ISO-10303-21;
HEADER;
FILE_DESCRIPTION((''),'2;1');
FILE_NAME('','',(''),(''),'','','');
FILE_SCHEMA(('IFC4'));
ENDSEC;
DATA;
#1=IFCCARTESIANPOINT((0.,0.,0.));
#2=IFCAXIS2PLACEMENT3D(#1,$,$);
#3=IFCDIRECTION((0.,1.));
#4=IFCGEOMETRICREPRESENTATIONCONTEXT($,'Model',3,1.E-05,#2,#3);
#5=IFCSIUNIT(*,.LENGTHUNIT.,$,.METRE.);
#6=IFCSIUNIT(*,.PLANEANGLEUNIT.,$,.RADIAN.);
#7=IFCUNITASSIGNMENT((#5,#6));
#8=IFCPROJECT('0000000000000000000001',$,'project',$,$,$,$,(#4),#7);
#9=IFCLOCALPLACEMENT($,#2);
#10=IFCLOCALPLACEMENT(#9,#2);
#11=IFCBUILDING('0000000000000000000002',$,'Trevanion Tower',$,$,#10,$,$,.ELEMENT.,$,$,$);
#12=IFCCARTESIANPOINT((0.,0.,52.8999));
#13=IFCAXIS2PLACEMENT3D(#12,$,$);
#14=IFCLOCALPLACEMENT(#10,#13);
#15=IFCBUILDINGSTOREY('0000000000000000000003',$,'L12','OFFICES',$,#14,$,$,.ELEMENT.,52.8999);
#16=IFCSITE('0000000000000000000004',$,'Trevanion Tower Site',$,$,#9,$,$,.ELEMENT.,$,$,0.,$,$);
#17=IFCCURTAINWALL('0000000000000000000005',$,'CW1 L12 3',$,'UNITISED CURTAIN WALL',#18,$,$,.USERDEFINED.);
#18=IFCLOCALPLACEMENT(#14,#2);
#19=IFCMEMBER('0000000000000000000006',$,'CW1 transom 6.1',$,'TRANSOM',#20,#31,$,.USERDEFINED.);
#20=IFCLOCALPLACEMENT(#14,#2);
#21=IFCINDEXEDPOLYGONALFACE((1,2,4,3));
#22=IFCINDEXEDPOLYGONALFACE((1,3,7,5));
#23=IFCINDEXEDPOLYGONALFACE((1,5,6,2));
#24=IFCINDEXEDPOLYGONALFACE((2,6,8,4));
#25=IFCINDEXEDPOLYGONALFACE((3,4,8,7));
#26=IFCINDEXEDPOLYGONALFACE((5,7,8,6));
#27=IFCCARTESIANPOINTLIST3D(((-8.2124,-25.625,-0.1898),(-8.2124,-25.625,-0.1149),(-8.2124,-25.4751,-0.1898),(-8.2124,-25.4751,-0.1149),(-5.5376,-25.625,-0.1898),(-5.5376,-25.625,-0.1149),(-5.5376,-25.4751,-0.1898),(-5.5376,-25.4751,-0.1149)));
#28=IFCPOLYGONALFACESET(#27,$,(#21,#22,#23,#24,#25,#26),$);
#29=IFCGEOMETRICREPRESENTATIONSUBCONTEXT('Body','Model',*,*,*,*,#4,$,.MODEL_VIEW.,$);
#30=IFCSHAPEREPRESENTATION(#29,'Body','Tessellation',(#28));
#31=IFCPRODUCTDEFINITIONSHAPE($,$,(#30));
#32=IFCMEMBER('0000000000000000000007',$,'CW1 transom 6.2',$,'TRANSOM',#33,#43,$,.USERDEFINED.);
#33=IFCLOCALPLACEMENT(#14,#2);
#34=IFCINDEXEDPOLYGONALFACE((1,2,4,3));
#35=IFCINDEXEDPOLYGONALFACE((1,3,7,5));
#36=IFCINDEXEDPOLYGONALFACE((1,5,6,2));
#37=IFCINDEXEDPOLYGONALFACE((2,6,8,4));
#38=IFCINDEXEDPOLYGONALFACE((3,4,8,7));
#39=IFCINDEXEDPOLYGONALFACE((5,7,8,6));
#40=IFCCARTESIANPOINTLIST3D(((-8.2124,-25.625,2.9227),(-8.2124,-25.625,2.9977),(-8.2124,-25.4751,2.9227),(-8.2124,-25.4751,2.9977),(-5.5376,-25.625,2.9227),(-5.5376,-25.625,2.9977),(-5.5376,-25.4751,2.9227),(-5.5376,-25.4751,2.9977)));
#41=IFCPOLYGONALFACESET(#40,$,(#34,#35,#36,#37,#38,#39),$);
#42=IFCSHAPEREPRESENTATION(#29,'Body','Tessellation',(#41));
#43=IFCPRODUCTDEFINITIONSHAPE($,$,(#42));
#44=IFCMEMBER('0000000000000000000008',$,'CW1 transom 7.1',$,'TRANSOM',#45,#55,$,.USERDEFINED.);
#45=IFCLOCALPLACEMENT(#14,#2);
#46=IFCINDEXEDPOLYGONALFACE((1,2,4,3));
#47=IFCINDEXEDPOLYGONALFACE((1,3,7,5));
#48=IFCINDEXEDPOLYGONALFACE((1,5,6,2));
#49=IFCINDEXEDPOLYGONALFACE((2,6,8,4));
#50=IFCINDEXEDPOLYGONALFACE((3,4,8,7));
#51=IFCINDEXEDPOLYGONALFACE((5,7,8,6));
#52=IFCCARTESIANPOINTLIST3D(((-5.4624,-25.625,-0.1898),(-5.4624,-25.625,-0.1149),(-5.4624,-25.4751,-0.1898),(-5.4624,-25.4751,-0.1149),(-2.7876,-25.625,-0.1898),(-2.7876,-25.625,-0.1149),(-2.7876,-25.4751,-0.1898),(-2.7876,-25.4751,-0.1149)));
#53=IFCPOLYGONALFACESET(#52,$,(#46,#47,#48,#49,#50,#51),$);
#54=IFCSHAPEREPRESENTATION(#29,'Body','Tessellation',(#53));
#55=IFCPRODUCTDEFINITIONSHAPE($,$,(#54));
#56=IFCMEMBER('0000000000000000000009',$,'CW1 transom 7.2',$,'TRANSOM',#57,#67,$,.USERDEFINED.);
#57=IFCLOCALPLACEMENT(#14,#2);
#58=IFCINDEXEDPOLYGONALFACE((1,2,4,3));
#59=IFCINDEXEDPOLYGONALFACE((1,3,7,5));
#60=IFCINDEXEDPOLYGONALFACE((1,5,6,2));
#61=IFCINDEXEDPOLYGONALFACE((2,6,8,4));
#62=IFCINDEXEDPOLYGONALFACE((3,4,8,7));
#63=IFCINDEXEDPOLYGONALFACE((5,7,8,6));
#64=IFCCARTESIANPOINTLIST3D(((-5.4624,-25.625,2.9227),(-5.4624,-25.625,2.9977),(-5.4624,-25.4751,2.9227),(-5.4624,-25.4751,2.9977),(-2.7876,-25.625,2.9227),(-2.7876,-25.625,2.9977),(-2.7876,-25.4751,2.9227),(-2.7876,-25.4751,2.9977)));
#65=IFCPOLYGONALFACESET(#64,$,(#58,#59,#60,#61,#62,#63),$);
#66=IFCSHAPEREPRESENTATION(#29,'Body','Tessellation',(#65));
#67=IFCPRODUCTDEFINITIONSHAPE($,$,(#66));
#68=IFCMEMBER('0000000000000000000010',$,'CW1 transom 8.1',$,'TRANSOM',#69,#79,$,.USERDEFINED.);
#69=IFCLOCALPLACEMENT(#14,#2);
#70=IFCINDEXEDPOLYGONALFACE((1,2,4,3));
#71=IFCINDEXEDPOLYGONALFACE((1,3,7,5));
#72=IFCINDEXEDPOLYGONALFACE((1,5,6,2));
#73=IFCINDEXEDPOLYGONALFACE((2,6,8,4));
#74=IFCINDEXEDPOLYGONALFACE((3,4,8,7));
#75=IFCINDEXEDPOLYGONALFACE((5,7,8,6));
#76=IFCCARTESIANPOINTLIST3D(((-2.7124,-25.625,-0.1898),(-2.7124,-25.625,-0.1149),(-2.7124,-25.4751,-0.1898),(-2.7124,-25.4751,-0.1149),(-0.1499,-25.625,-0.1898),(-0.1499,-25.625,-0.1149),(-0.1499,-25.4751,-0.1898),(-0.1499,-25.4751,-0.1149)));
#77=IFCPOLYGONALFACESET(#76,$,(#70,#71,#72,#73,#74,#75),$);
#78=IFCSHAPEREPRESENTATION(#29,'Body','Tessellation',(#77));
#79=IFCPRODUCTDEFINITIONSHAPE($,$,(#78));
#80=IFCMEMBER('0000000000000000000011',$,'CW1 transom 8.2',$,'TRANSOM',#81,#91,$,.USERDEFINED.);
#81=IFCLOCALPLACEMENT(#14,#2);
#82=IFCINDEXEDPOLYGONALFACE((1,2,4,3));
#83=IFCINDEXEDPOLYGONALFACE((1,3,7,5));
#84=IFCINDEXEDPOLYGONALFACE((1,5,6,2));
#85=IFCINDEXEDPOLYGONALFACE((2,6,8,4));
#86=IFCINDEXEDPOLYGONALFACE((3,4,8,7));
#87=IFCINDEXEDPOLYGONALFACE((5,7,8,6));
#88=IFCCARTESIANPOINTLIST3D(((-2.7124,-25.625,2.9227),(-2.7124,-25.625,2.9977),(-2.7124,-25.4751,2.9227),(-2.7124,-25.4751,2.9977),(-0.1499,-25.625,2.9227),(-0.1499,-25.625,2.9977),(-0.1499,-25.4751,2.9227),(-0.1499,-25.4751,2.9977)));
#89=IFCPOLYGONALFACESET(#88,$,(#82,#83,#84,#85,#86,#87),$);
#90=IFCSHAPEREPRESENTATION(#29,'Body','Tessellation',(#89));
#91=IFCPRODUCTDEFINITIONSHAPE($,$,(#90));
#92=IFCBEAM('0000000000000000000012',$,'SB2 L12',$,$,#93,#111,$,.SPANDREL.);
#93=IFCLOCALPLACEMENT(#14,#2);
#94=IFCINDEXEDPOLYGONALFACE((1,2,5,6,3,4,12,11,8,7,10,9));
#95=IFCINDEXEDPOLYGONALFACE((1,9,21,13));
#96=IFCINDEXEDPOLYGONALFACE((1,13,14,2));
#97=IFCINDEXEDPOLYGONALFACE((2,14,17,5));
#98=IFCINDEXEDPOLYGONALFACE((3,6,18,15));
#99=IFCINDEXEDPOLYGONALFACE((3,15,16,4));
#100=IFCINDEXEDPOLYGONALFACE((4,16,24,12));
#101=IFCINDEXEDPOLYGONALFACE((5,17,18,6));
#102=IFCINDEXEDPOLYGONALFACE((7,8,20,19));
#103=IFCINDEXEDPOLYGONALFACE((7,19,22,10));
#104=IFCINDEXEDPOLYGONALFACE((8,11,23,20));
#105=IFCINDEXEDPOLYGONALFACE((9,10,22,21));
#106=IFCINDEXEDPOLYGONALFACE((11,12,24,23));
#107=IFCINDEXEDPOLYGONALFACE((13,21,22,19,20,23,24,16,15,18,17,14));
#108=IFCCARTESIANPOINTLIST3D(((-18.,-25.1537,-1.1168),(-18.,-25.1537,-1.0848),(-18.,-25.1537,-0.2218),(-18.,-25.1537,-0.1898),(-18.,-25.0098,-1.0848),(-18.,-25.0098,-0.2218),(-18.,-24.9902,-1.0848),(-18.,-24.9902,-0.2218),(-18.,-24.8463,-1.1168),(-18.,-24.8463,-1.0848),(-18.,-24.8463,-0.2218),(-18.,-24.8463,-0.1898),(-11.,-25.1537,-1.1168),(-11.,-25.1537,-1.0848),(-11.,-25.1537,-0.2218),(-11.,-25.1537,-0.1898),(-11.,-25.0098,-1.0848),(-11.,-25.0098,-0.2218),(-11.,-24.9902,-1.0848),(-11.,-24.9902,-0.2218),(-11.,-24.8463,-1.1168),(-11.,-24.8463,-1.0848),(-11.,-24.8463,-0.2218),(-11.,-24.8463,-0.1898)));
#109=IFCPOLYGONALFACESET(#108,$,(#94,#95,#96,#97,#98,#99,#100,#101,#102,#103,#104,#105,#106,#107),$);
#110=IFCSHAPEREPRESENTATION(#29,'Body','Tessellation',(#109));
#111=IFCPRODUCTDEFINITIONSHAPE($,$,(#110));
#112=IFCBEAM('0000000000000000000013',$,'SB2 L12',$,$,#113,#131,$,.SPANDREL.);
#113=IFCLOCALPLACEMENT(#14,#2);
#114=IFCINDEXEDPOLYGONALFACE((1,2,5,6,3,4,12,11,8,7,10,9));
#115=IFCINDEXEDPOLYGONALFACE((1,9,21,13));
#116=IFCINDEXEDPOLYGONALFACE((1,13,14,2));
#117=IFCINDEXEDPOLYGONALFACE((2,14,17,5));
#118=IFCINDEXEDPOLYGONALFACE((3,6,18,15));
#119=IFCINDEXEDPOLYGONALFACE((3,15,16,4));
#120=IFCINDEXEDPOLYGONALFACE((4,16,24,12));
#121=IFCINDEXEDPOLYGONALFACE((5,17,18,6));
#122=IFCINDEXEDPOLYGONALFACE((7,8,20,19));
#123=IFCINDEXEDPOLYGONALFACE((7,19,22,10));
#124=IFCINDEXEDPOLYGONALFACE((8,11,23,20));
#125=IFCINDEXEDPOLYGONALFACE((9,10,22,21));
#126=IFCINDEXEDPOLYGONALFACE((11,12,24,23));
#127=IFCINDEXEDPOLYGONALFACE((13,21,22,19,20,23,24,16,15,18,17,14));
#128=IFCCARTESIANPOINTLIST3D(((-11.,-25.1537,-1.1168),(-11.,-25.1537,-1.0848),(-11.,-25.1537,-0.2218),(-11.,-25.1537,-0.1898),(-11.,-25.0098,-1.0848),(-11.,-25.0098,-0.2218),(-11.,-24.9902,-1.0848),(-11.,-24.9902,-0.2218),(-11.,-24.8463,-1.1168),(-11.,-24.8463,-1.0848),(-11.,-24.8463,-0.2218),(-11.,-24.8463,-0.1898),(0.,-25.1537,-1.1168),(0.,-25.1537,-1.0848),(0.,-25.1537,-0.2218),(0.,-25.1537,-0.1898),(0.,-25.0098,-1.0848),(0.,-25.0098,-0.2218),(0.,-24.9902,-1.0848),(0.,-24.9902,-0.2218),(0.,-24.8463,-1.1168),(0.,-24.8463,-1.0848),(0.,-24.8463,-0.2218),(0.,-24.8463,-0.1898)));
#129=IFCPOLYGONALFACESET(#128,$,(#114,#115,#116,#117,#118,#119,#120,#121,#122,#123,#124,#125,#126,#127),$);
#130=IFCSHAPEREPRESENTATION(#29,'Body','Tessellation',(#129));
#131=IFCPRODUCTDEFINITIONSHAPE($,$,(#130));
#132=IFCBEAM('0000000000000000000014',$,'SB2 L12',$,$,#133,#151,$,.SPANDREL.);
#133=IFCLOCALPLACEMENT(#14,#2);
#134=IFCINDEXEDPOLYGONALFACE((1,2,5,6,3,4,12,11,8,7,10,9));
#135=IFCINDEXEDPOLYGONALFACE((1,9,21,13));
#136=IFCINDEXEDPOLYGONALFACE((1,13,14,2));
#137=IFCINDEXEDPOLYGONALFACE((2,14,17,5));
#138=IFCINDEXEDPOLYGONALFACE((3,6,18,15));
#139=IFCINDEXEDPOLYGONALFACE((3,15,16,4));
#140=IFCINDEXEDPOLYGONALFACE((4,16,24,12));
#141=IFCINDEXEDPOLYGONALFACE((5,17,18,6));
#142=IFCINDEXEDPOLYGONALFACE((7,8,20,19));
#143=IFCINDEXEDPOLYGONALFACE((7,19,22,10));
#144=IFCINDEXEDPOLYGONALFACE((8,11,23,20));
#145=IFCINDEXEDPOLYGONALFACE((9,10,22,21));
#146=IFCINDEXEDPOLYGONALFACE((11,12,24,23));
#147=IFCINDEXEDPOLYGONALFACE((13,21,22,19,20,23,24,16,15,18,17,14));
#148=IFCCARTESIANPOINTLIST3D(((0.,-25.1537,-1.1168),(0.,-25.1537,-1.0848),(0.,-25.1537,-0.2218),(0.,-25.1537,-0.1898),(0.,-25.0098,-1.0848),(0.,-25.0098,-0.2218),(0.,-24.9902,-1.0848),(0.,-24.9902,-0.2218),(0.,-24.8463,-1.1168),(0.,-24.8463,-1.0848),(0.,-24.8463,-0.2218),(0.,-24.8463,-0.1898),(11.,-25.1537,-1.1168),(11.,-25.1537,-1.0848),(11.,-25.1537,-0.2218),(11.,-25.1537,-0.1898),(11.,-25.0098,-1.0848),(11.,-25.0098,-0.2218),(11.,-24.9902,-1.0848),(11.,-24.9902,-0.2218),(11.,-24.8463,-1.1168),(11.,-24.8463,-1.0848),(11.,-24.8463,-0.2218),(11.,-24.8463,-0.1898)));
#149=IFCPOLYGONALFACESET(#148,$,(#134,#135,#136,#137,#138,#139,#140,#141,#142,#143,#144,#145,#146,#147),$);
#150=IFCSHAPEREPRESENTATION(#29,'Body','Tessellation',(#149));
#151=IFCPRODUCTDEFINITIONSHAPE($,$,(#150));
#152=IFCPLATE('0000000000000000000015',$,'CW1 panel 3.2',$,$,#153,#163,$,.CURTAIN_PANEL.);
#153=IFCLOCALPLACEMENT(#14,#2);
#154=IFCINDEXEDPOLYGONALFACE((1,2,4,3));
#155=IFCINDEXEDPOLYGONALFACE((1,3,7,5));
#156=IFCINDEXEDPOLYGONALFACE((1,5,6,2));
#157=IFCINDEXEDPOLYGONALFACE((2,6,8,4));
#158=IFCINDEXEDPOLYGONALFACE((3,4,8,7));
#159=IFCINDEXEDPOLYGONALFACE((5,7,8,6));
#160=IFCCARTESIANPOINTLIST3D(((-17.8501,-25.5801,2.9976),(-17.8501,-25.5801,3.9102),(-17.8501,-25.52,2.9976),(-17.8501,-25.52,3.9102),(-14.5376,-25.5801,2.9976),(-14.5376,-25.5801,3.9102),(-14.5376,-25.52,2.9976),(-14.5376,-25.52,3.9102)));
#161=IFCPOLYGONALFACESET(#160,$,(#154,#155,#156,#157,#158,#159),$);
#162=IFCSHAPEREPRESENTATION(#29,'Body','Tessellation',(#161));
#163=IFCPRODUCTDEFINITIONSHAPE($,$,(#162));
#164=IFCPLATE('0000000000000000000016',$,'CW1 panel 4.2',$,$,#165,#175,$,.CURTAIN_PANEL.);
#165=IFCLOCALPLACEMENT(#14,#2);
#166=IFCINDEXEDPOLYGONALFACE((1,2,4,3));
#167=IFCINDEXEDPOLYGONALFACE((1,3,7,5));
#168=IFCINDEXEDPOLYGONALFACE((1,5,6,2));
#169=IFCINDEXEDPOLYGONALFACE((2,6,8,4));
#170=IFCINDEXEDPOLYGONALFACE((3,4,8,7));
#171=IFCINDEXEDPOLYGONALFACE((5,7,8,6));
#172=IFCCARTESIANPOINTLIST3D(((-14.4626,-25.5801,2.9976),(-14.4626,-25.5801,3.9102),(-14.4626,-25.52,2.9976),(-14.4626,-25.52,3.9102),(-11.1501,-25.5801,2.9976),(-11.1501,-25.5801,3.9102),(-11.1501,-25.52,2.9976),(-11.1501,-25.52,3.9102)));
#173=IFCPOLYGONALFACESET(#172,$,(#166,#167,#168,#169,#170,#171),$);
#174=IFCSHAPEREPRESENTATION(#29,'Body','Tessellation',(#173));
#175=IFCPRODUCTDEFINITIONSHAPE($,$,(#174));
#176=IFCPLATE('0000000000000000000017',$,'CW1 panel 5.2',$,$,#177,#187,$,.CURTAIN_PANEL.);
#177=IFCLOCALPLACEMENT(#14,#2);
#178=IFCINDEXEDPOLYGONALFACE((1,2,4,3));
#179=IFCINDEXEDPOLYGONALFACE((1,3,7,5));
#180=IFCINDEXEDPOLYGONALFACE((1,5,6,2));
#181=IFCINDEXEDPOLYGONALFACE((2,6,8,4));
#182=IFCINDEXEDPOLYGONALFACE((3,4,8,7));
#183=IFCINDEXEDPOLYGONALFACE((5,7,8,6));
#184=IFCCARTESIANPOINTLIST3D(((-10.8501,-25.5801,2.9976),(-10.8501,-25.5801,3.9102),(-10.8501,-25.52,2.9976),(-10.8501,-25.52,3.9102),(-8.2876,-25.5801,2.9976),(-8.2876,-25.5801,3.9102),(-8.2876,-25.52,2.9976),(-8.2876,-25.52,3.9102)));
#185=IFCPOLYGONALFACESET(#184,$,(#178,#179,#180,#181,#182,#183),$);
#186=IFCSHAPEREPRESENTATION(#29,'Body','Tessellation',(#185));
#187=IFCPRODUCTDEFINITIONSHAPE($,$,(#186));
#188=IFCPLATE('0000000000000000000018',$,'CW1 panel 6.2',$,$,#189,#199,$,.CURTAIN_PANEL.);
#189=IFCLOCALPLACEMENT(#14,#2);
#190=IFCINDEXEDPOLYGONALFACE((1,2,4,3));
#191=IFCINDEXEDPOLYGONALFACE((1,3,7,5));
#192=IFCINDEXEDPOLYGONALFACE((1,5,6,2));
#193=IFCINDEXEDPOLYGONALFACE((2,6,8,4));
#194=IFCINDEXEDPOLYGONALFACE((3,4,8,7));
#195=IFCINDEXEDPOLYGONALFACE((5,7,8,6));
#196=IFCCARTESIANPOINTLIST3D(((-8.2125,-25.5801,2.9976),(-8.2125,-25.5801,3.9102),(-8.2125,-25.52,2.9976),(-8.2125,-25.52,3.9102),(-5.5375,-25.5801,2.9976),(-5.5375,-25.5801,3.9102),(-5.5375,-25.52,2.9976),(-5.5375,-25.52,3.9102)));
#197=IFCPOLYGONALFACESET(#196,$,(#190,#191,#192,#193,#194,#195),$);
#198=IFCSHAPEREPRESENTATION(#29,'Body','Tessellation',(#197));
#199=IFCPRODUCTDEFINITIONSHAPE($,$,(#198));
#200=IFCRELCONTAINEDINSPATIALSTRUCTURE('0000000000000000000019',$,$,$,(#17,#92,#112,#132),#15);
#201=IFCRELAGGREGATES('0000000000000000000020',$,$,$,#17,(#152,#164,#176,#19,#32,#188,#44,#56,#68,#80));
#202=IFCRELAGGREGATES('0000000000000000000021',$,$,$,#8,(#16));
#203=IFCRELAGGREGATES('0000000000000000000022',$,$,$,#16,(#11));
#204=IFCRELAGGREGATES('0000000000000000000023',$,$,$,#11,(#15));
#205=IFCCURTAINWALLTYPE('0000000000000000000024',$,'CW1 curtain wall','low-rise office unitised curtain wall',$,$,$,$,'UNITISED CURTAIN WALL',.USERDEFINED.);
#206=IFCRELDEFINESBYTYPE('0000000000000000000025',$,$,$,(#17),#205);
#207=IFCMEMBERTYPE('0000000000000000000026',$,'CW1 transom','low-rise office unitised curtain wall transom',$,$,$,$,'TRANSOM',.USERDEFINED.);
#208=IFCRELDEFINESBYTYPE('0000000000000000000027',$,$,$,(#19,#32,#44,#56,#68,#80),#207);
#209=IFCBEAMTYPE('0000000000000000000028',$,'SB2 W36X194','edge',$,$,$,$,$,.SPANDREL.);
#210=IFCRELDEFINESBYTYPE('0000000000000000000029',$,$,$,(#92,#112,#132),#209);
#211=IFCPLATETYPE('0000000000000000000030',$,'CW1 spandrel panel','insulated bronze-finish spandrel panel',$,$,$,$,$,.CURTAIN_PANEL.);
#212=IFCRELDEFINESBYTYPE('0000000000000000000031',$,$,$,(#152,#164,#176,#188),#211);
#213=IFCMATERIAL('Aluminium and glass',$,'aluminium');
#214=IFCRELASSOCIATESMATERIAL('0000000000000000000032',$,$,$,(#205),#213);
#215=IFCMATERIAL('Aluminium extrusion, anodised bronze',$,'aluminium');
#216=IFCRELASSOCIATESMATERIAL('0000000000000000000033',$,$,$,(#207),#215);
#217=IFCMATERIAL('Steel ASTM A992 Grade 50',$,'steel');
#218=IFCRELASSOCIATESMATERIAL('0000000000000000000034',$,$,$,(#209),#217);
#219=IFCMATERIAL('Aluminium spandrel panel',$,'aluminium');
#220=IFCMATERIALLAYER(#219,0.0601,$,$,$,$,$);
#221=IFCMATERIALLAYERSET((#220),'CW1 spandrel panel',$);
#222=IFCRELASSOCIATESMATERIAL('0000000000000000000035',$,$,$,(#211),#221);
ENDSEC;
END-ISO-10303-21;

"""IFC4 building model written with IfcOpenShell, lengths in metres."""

from ifc_helpers import new_model, si_unit, direction, frame, origin, origin_2d, place, context, subcontext, project, spatial, rectangle, i_section, extrude, material, layer, layer_set, material_profile, profile_set, type_object, element, aggregate, save


model = new_model("IFC4")

# Units and contexts
model_context = context("Model", 3, precision=1e-05, world=origin(), true_north=direction((0.0, 1.0)))
body_context = subcontext(model_context, "Body", "Model", "MODEL_VIEW")
ifc_project = project(units=[si_unit("LENGTHUNIT", "METRE"), si_unit("PLANEANGLEUNIT", "RADIAN")], contexts=[model_context])

# Site, building, storey
site_placement = place(None, origin())
site = spatial("IfcSite", under=ifc_project, at=site_placement, Name="Trevanion Tower Site", CompositionType="ELEMENT", RefElevation=0.0)
building_placement = place(site_placement, origin())
building = spatial("IfcBuilding", under=site, at=building_placement, Name="Trevanion Tower", CompositionType="ELEMENT")
storey_placement = place(building_placement, frame((0.0, 0.0, 52.8999)))
storey = spatial("IfcBuildingStorey", under=building, at=storey_placement, Name="L12", Description="OFFICES", CompositionType="ELEMENT", Elevation=52.8999)

# Curtain wall, members
ifc_material_1 = material(Name="Aluminium and glass", Category="aluminium")
curtain_wall_type = type_object("IfcCurtainWallType", Name="CW1 curtain wall", Description="low-rise office unitised curtain wall", ElementType="UNITISED CURTAIN WALL", PredefinedType="USERDEFINED", material=ifc_material_1)
curtain_wall_placement = place(storey_placement, origin())
curtain_wall = element("IfcCurtainWall", 1, at=curtain_wall_placement, inside=storey, type_object=curtain_wall_type, Name="CW1 L12 3", ObjectType="UNITISED CURTAIN WALL", PredefinedType="USERDEFINED")
ifc_material_2 = material(Name="Aluminium extrusion, anodised bronze", Category="aluminium")
ifc_material_profile_1 = material_profile(ifc_material_2, rectangle(XDim=0.1499, YDim=0.075, at=origin_2d()), Name="CW1 transom")
ifc_profile_set_1 = profile_set([ifc_material_profile_1], Name="Aluminium extrusion, anodised bronze")
member_type_1 = type_object("IfcMemberType", Name="CW1 transom", Description="low-rise office unitised curtain wall transom", ElementType="TRANSOM", PredefinedType="USERDEFINED", material=ifc_profile_set_1)
member_1_placement = place(storey_placement, frame((-8.2124, -25.55, -0.1523), z_axis=(1.0, 0.0, 0.0), x_axis=(0.0, 1.0, 0.0)))
member_1 = element("IfcMember", 2, at=member_1_placement, type_object=member_type_1, Name="CW1 transom 6.1", ObjectType="TRANSOM", PredefinedType="USERDEFINED", context=body_context, shape_type="SweptSolid", body=[
    extrude(rectangle(XDim=0.1499, YDim=0.075, at=origin_2d()), origin(), (0.0, 0.0, 1.0), 2.6748),
])
member_2_placement = place(storey_placement, frame((-8.2124, -25.55, 2.9602), z_axis=(1.0, 0.0, 0.0), x_axis=(0.0, 1.0, 0.0)))
member_2 = element("IfcMember", 3, at=member_2_placement, type_object=member_type_1, Name="CW1 transom 6.2", ObjectType="TRANSOM", PredefinedType="USERDEFINED", context=body_context, shape_type="SweptSolid", body=[
    extrude(rectangle(XDim=0.1499, YDim=0.075, at=origin_2d()), origin(), (0.0, 0.0, 1.0), 2.6748),
])
member_3_placement = place(storey_placement, frame((-5.4624, -25.55, -0.1523), z_axis=(1.0, 0.0, 0.0), x_axis=(0.0, 1.0, 0.0)))
member_3 = element("IfcMember", 4, at=member_3_placement, type_object=member_type_1, Name="CW1 transom 7.1", ObjectType="TRANSOM", PredefinedType="USERDEFINED", context=body_context, shape_type="SweptSolid", body=[
    extrude(rectangle(XDim=0.1499, YDim=0.075, at=origin_2d()), origin(), (0.0, 0.0, 1.0), 2.6748),
])
member_4_placement = place(storey_placement, frame((-5.4624, -25.55, 2.9602), z_axis=(1.0, 0.0, 0.0), x_axis=(0.0, 1.0, 0.0)))
member_4 = element("IfcMember", 5, at=member_4_placement, type_object=member_type_1, Name="CW1 transom 7.2", ObjectType="TRANSOM", PredefinedType="USERDEFINED", context=body_context, shape_type="SweptSolid", body=[
    extrude(rectangle(XDim=0.1499, YDim=0.075, at=origin_2d()), origin(), (0.0, 0.0, 1.0), 2.6748),
])
member_5_placement = place(storey_placement, frame((-2.7124, -25.55, -0.1523), z_axis=(1.0, 0.0, 0.0), x_axis=(0.0, 1.0, 0.0)))
member_5 = element("IfcMember", 6, at=member_5_placement, type_object=member_type_1, Name="CW1 transom 8.1", ObjectType="TRANSOM", PredefinedType="USERDEFINED", context=body_context, shape_type="SweptSolid", body=[
    extrude(rectangle(XDim=0.1499, YDim=0.075, at=origin_2d()), origin(), (0.0, 0.0, 1.0), 2.5625),
])
member_6_placement = place(storey_placement, frame((-2.7124, -25.55, 2.9602), z_axis=(1.0, 0.0, 0.0), x_axis=(0.0, 1.0, 0.0)))
member_6 = element("IfcMember", 7, at=member_6_placement, type_object=member_type_1, Name="CW1 transom 8.2", ObjectType="TRANSOM", PredefinedType="USERDEFINED", context=body_context, shape_type="SweptSolid", body=[
    extrude(rectangle(XDim=0.1499, YDim=0.075, at=origin_2d()), origin(), (0.0, 0.0, 1.0), 2.5625),
])

# Beams
ifc_material_3 = material(Name="Steel ASTM A992 Grade 50", Category="steel")
ifc_material_profile_2 = material_profile(ifc_material_3, i_section(OverallWidth=0.3074, OverallDepth=0.927, WebThickness=0.0195, FlangeThickness=0.032, at=origin_2d()), Name="W36X194")
ifc_profile_set_2 = profile_set([ifc_material_profile_2], Name="Steel ASTM A992 Grade 50")
beam_type = type_object("IfcBeamType", Name="SB2 W36X194", Description="edge", PredefinedType="SPANDREL", material=ifc_profile_set_2)
beam_placement = place(storey_placement, frame((-18.0, -25.0, -0.6533), z_axis=(1.0, 0.0, 0.0), x_axis=(0.0, 1.0, 0.0)))
element("IfcBeam", 8, at=beam_placement, inside=storey, type_object=beam_type, Name="SB2 L12", PredefinedType="SPANDREL", context=body_context, shape_type="SweptSolid", body=[
    extrude(i_section(OverallWidth=0.3074, OverallDepth=0.927, WebThickness=0.0195, FlangeThickness=0.032, at=origin_2d()), origin(), (0.0, 0.0, 1.0), 7.0),
])
for number, where, z_axis, x_axis, name in (
    (9, (-11.0, -25.0, -0.6533), (1.0, 0.0, 0.0), (0.0, 1.0, 0.0), "SB2 L12"),
    (10, (0.0, -25.0, -0.6533), (1.0, 0.0, 0.0), (0.0, 1.0, 0.0), "SB2 L12"),
):
    element("IfcBeam", number, at=place(storey_placement, frame(where, z_axis=z_axis, x_axis=x_axis)), inside=storey, type_object=beam_type, Name=name, PredefinedType="SPANDREL", context=body_context, shape_type="SweptSolid", body=[
        extrude(i_section(OverallWidth=0.3074, OverallDepth=0.927, WebThickness=0.0195, FlangeThickness=0.032, at=origin_2d()), origin(), (0.0, 0.0, 1.0), 11.0),
    ])

# Plates
ifc_material_4 = material(Name="Aluminium spandrel panel", Category="aluminium")
ifc_layer_1 = layer(ifc_material_4, 0.0601)
ifc_layer_set_1 = layer_set([ifc_layer_1], Name="CW1 spandrel panel")
plate_type_1 = type_object("IfcPlateType", Name="CW1 spandrel panel", Description="insulated bronze-finish spandrel panel", PredefinedType="CURTAIN_PANEL", material=ifc_layer_set_1)
plate_1_placement = place(storey_placement, frame((-16.1938, -25.55, 2.9976), z_axis=(0.0, 0.0, 1.0), x_axis=(1.0, 0.0, 0.0)))
plate_1 = element("IfcPlate", 11, at=plate_1_placement, type_object=plate_type_1, Name="CW1 panel 3.2", PredefinedType="CURTAIN_PANEL", context=body_context, shape_type="SweptSolid", body=[
    extrude(rectangle(XDim=3.3125, YDim=0.0601, at=origin_2d()), origin(), (0.0, 0.0, 1.0), 0.9126),
])
plate_2_placement = place(storey_placement, frame((-12.8064, -25.55, 2.9976), z_axis=(0.0, 0.0, 1.0), x_axis=(1.0, 0.0, 0.0)))
plate_2 = element("IfcPlate", 12, at=plate_2_placement, type_object=plate_type_1, Name="CW1 panel 4.2", PredefinedType="CURTAIN_PANEL", context=body_context, shape_type="SweptSolid", body=[
    extrude(rectangle(XDim=3.3125, YDim=0.0601, at=origin_2d()), origin(), (0.0, 0.0, 1.0), 0.9126),
])
plate_3_placement = place(storey_placement, frame((-9.5688, -25.55, 2.9976), z_axis=(0.0, 0.0, 1.0), x_axis=(1.0, 0.0, 0.0)))
plate_3 = element("IfcPlate", 13, at=plate_3_placement, type_object=plate_type_1, Name="CW1 panel 5.2", PredefinedType="CURTAIN_PANEL", context=body_context, shape_type="SweptSolid", body=[
    extrude(rectangle(XDim=2.5625, YDim=0.0601, at=origin_2d()), origin(), (0.0, 0.0, 1.0), 0.9126),
])
plate_4_placement = place(storey_placement, frame((-6.875, -25.55, 2.9976), z_axis=(0.0, 0.0, 1.0), x_axis=(1.0, 0.0, 0.0)))
plate_4 = element("IfcPlate", 14, at=plate_4_placement, type_object=plate_type_1, Name="CW1 panel 6.2", PredefinedType="CURTAIN_PANEL", context=body_context, shape_type="SweptSolid", body=[
    extrude(rectangle(XDim=2.675, YDim=0.0601, at=origin_2d()), origin(), (0.0, 0.0, 1.0), 0.9126),
])
aggregate(curtain_wall, [plate_1, plate_2, plate_3, member_1, member_2, plate_4, member_3, member_4, member_5, member_6])

save(model, "model.ifc")
